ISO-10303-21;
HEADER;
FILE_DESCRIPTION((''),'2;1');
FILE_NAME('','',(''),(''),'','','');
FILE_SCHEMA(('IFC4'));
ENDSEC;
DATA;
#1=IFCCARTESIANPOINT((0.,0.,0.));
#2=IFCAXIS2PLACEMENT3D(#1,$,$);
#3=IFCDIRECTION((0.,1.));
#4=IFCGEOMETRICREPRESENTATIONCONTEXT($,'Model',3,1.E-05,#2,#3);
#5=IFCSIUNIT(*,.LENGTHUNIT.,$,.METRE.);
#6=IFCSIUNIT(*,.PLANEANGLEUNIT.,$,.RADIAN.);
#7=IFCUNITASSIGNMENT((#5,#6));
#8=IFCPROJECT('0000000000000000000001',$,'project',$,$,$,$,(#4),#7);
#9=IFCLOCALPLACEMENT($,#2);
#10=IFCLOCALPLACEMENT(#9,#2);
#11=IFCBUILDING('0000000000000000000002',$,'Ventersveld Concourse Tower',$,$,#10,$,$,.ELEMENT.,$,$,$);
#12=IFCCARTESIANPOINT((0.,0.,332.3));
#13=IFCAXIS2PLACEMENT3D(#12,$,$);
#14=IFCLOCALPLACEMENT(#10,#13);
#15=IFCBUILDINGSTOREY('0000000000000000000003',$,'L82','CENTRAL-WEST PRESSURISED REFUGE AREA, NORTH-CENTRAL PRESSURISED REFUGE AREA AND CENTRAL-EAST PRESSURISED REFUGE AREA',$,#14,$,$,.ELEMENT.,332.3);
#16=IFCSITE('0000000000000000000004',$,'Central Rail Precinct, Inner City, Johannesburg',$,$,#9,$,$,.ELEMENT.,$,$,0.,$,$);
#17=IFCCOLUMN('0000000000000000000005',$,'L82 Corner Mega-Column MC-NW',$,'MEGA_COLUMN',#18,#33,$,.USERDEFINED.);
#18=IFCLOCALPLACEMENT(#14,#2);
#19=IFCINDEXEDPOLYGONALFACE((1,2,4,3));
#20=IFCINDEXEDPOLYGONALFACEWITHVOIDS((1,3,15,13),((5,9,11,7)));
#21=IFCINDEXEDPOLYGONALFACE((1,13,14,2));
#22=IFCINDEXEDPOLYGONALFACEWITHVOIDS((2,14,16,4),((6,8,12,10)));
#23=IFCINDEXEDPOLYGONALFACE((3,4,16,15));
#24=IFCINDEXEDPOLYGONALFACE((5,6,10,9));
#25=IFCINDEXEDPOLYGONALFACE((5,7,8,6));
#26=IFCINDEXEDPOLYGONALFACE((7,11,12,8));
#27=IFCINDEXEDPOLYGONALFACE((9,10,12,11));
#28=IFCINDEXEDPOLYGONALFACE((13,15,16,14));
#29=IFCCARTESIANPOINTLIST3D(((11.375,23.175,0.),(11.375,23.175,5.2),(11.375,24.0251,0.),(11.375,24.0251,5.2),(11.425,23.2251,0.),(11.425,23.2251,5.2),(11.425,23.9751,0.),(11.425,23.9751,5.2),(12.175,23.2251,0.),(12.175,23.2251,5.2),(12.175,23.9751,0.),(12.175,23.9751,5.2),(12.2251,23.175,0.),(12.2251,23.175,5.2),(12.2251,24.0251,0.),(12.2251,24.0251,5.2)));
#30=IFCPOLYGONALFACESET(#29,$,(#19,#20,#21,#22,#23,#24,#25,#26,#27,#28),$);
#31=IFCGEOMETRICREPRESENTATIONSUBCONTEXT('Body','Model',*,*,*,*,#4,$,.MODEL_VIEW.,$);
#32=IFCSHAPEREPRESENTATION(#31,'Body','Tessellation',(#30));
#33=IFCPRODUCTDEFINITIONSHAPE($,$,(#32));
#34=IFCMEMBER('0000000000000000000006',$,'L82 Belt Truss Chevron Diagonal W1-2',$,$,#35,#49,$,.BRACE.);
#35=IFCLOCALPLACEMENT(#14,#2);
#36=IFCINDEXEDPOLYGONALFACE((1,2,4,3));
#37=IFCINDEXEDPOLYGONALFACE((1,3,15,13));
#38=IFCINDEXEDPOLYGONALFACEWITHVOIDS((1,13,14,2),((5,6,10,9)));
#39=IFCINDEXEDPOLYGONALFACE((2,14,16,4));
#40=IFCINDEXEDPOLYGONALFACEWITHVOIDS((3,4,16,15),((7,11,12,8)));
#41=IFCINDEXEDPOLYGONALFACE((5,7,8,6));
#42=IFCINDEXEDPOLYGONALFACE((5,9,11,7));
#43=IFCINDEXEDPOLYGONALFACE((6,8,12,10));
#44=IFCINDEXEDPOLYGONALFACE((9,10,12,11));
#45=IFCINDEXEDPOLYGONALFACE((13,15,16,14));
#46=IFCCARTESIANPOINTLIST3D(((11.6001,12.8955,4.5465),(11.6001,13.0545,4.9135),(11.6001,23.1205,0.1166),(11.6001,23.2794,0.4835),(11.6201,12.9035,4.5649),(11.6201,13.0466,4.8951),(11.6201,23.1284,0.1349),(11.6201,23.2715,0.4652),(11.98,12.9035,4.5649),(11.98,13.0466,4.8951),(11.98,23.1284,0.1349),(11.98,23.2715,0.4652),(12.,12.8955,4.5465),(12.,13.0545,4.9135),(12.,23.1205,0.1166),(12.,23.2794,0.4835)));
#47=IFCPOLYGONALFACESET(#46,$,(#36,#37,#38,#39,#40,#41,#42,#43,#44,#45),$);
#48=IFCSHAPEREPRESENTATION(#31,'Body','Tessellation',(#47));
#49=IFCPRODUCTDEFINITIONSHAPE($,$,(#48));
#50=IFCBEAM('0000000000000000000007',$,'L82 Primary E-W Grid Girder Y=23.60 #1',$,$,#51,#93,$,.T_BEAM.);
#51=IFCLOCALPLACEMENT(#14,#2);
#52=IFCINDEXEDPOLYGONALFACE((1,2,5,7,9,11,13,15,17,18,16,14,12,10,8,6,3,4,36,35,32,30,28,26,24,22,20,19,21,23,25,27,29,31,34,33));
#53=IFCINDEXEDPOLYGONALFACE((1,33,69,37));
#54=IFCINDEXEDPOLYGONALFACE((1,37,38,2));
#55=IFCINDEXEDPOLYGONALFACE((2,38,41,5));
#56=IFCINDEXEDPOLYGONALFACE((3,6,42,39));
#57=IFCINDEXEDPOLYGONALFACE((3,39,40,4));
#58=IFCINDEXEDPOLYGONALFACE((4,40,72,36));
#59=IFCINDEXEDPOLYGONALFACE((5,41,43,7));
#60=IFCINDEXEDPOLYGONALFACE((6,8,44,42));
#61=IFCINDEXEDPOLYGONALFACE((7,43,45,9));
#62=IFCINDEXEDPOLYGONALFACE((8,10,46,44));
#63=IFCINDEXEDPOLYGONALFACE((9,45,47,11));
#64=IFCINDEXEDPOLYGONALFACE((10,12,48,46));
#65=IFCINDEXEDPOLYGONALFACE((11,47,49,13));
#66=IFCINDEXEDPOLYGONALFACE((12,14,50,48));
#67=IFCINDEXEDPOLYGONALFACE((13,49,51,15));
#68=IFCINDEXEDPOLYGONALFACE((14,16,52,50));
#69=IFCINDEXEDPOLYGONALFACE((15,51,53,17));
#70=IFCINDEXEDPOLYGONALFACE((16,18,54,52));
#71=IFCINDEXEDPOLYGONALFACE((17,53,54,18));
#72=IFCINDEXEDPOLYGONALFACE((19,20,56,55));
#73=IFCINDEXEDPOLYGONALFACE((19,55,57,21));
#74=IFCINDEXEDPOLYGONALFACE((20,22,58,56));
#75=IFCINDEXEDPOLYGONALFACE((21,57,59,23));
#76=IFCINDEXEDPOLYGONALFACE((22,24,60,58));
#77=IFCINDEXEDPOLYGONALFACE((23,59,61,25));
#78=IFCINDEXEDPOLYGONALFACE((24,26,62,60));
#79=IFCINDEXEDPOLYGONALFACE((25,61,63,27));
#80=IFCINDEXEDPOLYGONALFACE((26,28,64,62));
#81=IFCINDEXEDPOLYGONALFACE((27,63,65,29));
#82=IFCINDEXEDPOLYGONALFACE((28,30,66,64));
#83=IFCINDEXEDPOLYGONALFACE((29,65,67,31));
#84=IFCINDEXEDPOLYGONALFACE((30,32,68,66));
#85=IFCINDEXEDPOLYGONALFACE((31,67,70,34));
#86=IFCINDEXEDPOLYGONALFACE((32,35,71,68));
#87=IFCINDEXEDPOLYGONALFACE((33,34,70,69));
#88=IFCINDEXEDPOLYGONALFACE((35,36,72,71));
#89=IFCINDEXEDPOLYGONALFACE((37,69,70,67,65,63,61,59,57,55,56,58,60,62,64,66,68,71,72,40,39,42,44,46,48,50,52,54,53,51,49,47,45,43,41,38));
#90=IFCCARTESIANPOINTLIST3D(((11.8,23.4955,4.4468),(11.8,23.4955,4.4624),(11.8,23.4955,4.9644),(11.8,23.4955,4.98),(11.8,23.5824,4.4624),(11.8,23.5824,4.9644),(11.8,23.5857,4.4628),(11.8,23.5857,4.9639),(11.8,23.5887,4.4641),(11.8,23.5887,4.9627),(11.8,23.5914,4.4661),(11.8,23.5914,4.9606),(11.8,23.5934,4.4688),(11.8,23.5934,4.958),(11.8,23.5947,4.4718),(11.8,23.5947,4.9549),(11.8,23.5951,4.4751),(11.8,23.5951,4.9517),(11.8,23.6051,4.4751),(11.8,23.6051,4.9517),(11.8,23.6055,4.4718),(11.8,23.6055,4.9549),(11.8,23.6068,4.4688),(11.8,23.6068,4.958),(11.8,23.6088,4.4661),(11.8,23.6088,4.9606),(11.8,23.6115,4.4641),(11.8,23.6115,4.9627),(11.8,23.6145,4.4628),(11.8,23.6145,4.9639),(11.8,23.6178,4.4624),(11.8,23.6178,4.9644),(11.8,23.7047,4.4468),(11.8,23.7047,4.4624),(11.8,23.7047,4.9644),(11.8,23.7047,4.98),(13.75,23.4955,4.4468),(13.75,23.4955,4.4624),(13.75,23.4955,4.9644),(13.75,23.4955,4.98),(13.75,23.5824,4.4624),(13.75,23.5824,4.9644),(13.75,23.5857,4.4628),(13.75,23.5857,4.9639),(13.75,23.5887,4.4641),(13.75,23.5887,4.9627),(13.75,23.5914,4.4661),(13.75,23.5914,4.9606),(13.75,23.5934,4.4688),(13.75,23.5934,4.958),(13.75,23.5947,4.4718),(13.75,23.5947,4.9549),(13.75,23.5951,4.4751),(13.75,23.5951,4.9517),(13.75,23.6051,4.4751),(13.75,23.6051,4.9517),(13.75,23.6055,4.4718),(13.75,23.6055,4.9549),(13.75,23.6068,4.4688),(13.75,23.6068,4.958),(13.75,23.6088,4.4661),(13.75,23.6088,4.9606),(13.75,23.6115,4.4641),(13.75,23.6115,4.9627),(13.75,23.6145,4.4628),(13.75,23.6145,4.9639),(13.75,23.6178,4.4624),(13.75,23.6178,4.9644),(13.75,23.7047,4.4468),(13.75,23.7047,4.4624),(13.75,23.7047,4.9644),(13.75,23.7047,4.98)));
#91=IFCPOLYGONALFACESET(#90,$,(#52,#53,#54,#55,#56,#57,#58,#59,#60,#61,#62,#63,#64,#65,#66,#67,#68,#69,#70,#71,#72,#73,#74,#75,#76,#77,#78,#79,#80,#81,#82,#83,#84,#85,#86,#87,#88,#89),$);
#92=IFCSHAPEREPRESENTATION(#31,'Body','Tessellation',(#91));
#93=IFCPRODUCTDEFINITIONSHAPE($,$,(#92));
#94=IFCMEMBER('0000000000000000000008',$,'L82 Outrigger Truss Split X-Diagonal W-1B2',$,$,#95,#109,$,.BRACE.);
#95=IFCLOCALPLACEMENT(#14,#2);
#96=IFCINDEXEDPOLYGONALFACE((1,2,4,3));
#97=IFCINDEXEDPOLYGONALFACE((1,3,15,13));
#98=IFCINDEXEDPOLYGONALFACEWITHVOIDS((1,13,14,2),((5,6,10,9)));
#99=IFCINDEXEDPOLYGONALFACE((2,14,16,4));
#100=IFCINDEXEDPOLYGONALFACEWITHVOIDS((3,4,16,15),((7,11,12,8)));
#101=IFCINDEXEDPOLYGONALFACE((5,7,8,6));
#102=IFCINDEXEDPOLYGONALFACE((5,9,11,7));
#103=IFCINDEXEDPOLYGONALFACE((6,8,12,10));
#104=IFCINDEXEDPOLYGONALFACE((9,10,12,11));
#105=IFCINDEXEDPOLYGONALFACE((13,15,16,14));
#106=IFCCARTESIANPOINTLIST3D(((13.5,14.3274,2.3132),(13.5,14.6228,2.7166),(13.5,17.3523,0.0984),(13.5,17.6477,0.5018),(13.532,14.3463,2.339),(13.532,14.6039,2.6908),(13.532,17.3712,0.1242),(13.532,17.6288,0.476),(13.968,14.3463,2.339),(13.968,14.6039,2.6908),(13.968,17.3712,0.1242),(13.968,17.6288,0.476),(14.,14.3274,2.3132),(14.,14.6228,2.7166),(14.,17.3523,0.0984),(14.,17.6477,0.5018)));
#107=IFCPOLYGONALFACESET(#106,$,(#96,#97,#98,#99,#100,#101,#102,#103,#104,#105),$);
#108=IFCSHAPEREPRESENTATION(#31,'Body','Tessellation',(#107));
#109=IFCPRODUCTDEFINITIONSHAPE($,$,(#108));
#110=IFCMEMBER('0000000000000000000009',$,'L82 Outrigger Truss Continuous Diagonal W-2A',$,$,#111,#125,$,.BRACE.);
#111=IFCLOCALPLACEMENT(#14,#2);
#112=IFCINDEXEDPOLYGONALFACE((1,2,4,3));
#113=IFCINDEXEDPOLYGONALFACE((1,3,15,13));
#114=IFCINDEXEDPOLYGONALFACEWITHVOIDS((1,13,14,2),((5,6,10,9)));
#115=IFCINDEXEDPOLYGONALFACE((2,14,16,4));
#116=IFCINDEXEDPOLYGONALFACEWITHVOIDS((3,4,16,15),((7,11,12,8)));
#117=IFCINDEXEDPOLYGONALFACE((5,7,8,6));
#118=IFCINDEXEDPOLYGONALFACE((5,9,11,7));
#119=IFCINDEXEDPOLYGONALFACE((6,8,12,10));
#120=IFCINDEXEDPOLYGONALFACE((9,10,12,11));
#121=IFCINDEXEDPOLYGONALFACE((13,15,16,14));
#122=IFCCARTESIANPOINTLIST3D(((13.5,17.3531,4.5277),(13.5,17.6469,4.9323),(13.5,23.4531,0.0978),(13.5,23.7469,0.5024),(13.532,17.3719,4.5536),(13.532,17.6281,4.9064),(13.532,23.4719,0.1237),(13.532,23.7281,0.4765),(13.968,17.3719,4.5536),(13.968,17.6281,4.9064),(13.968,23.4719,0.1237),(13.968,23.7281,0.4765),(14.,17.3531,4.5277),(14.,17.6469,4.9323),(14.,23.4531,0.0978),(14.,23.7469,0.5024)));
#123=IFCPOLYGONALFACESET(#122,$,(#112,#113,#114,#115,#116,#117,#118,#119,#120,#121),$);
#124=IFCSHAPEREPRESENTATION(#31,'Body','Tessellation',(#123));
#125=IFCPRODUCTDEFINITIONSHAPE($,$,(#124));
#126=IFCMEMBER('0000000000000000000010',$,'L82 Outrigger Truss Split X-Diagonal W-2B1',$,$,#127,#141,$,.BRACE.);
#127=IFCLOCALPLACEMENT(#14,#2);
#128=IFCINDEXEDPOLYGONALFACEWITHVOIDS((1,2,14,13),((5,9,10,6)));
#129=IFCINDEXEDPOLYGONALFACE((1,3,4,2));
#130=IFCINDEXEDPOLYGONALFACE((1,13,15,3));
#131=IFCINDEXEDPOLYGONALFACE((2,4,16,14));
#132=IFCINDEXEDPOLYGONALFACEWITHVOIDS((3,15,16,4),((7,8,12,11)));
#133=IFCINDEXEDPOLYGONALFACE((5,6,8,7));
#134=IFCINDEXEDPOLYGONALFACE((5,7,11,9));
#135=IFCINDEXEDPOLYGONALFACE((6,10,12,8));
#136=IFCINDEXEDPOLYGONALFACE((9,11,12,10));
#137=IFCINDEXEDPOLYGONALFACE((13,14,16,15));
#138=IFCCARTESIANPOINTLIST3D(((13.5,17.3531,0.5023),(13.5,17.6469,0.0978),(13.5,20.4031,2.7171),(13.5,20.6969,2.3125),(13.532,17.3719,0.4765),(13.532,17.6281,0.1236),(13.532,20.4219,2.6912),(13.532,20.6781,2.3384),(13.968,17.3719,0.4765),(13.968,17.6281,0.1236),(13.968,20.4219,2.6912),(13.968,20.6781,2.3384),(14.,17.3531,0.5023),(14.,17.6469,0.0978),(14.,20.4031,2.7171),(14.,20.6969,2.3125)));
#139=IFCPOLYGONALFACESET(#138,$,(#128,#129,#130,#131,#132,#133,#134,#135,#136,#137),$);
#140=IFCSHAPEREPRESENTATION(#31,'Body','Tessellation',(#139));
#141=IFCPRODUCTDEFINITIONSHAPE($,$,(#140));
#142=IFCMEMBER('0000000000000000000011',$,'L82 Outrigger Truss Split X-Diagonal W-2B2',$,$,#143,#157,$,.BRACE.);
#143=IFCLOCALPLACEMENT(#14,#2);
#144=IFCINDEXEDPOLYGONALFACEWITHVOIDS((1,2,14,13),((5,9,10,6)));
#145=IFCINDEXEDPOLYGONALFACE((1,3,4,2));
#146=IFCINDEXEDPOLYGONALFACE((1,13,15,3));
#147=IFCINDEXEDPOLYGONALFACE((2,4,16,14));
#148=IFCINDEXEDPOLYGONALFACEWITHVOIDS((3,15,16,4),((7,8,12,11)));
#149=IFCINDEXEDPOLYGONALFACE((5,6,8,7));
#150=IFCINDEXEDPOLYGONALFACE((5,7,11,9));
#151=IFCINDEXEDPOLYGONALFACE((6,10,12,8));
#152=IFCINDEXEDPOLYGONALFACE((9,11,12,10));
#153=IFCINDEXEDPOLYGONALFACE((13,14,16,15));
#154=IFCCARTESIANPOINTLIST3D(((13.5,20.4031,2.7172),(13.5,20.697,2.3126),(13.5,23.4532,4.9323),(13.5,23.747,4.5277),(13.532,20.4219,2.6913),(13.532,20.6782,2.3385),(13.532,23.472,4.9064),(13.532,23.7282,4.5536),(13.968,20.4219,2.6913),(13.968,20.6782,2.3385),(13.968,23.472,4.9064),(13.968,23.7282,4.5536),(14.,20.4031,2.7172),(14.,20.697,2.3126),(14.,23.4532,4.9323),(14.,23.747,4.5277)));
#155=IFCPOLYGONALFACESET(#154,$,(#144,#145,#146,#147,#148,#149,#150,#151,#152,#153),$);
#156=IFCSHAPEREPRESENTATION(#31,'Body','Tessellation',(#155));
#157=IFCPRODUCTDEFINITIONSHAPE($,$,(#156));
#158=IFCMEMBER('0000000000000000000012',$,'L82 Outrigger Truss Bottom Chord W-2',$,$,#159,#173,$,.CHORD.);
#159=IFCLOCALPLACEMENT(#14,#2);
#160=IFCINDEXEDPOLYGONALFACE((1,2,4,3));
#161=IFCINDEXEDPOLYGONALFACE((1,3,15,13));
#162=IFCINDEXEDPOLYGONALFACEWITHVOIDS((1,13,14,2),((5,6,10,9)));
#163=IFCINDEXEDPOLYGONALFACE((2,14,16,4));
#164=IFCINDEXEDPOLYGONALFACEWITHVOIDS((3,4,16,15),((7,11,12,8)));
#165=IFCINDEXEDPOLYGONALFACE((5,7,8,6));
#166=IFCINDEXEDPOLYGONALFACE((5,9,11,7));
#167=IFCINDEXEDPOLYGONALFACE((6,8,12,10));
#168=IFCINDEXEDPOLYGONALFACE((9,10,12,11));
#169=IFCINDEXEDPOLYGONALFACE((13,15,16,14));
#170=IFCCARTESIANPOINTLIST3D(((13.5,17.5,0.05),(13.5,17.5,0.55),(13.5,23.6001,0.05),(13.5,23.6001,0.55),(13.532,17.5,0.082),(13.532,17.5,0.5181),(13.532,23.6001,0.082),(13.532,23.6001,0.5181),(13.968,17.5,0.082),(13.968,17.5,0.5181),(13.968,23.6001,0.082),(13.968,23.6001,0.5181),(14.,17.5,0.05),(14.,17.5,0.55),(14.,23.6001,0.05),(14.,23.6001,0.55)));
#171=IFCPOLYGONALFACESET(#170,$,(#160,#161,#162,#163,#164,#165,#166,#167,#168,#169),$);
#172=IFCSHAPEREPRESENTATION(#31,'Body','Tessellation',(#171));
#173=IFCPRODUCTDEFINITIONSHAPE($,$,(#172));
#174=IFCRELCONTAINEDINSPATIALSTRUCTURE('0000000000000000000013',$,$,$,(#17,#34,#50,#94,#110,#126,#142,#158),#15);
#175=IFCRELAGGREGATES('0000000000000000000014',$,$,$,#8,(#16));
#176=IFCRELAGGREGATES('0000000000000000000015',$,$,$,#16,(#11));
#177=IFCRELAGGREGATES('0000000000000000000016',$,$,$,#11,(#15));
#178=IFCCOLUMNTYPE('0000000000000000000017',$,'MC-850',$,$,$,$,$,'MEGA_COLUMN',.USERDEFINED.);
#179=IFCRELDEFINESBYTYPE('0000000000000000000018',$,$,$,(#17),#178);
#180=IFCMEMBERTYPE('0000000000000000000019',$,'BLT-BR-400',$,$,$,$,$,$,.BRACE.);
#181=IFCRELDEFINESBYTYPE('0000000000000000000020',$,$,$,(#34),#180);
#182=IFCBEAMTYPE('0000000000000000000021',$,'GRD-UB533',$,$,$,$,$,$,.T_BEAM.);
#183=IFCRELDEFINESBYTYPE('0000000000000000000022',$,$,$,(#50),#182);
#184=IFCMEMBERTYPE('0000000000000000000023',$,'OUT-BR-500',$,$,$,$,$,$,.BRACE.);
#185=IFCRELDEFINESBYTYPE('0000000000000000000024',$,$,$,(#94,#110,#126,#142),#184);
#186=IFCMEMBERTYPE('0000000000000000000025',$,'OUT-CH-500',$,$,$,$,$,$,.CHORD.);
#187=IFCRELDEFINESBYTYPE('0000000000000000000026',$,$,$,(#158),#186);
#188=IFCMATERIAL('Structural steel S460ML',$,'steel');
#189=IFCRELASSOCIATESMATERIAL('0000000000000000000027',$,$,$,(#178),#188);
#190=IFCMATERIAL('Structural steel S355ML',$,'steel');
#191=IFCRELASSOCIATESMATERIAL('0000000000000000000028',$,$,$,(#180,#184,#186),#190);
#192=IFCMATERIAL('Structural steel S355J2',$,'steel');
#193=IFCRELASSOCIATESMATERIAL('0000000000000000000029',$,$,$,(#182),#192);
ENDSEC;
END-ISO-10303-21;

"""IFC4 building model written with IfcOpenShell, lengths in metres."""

from ifc_helpers import new_model, si_unit, direction, frame, origin, origin_2d, place, context, subcontext, project, spatial, hollow_rectangle, i_section, extrude, material, material_profile, profile_set, type_object, element, save


model = new_model("IFC4")

# Units and contexts
model_context = context("Model", 3, precision=1e-05, world=origin(), true_north=direction((0.0, 1.0)))
body_context = subcontext(model_context, "Body", "Model", "MODEL_VIEW")
ifc_project = project(units=[si_unit("LENGTHUNIT", "METRE"), si_unit("PLANEANGLEUNIT", "RADIAN")], contexts=[model_context])

# Site, building, storey
site_placement = place(None, origin())
site = spatial("IfcSite", under=ifc_project, at=site_placement, Name="Central Rail Precinct, Inner City, Johannesburg", CompositionType="ELEMENT", RefElevation=0.0)
building_placement = place(site_placement, origin())
building = spatial("IfcBuilding", under=site, at=building_placement, Name="Ventersveld Concourse Tower", CompositionType="ELEMENT")
storey_placement = place(building_placement, frame((0.0, 0.0, 332.3)))
storey = spatial("IfcBuildingStorey", under=building, at=storey_placement, Name="L82", Description="CENTRAL-WEST PRESSURISED REFUGE AREA, NORTH-CENTRAL PRESSURISED REFUGE AREA AND CENTRAL-EAST PRESSURISED REFUGE AREA", CompositionType="ELEMENT", Elevation=332.3)

# Column
ifc_material_1 = material(Name="Structural steel S460ML", Category="steel")
ifc_material_profile_1 = material_profile(ifc_material_1, hollow_rectangle(XDim=0.8501, YDim=0.8501, WallThickness=0.05, at=origin_2d()), Name="BOX 850x850x50")
ifc_profile_set_1 = profile_set([ifc_material_profile_1], Name="Structural steel S460ML")
column_type = type_object("IfcColumnType", Name="MC-850", ElementType="MEGA_COLUMN", PredefinedType="USERDEFINED", material=ifc_profile_set_1)
column_placement = place(storey_placement, frame((11.8, 23.6001, 0.0), z_axis=(0.0, 0.0, 1.0), x_axis=(1.0, 0.0, 0.0)))
element("IfcColumn", 1, at=column_placement, inside=storey, type_object=column_type, Name="L82 Corner Mega-Column MC-NW", ObjectType="MEGA_COLUMN", PredefinedType="USERDEFINED", context=body_context, shape_type="SweptSolid", body=[
    extrude(hollow_rectangle(XDim=0.8501, YDim=0.8501, WallThickness=0.05, at=origin_2d()), origin(), (0.0, 0.0, 1.0), 5.2),
])

# Member
ifc_material_2 = material(Name="Structural steel S355ML", Category="steel")
ifc_material_profile_2 = material_profile(ifc_material_2, hollow_rectangle(XDim=0.3999, YDim=0.3999, WallThickness=0.02, at=origin_2d()), Name="SHS 400x400x20")
ifc_profile_set_2 = profile_set([ifc_material_profile_2], Name="Structural steel S355ML")
member_type_1 = type_object("IfcMemberType", Name="BLT-BR-400", PredefinedType="BRACE", material=ifc_profile_set_2)
member_1_placement = place(storey_placement, frame((11.8, 23.2, 0.3), z_axis=(0.0, -0.917583, 0.397544), x_axis=(1.0, 0.0, 0.0)))
element("IfcMember", 2, at=member_1_placement, inside=storey, type_object=member_type_1, Name="L82 Belt Truss Chevron Diagonal W1-2", PredefinedType="BRACE", context=body_context, shape_type="SweptSolid", body=[
    extrude(hollow_rectangle(XDim=0.3999, YDim=0.3999, WallThickness=0.02, at=origin_2d()), origin(), (0.0, 0.0, 1.0), 11.1433),
])

# Beam
ifc_material_3 = material(Name="Structural steel S355J2", Category="steel")
ifc_material_profile_3 = material_profile(ifc_material_3, i_section(OverallWidth=0.2092, OverallDepth=0.5332, WebThickness=0.01, FlangeThickness=0.0156, FilletRadius=0.0127, at=origin_2d()), Name="UB 533x210x92")
ifc_profile_set_3 = profile_set([ifc_material_profile_3], Name="Structural steel S355J2")
beam_type = type_object("IfcBeamType", Name="GRD-UB533", PredefinedType="T_BEAM", material=ifc_profile_set_3)
beam_placement = place(storey_placement, frame((11.8, 23.6001, 4.7134), z_axis=(1.0, 0.0, 0.0), x_axis=(0.0, 1.0, 0.0)))
element("IfcBeam", 3, at=beam_placement, inside=storey, type_object=beam_type, Name="L82 Primary E-W Grid Girder Y=23.60 #1", PredefinedType="T_BEAM", context=body_context, shape_type="SweptSolid", body=[
    extrude(i_section(OverallWidth=0.2092, OverallDepth=0.5332, WebThickness=0.01, FlangeThickness=0.0156, FilletRadius=0.0127, at=origin_2d()), origin(), (0.0, 0.0, 1.0), 1.95),
])

# Members
ifc_material_profile_4 = material_profile(ifc_material_2, hollow_rectangle(XDim=0.5, YDim=0.5, WallThickness=0.032, at=origin_2d()), Name="BOX 500x500x32")
ifc_profile_set_4 = profile_set([ifc_material_profile_4], Name="Structural steel S355ML")
member_type_2 = type_object("IfcMemberType", Name="OUT-BR-500", PredefinedType="BRACE", material=ifc_profile_set_4)
member_2_placement = place(storey_placement, frame((13.75, 14.4751, 2.5149), z_axis=(0.0, 0.80684, -0.590771), x_axis=(-1.0, 0.0, 0.0)))
element("IfcMember", 4, at=member_2_placement, inside=storey, type_object=member_type_2, Name="L82 Outrigger Truss Split X-Diagonal W-1B2", PredefinedType="BRACE", context=body_context, shape_type="SweptSolid", body=[
    extrude(hollow_rectangle(XDim=0.5, YDim=0.5, WallThickness=0.032, at=origin_2d()), origin(), (0.0, 0.0, 1.0), 3.749),
])
member_3_placement = place(storey_placement, frame((13.75, 17.5, 4.73), z_axis=(0.0, 0.809146, -0.587607), x_axis=(-1.0, 0.0, 0.0)))
element("IfcMember", 5, at=member_3_placement, inside=storey, type_object=member_type_2, Name="L82 Outrigger Truss Continuous Diagonal W-2A", PredefinedType="BRACE", context=body_context, shape_type="SweptSolid", body=[
    extrude(hollow_rectangle(XDim=0.5, YDim=0.5, WallThickness=0.032, at=origin_2d()), origin(), (0.0, 0.0, 1.0), 7.5388),
])
member_4_placement = place(storey_placement, frame((13.75, 17.5, 0.3), z_axis=(0.0, 0.809162, 0.587586), x_axis=(-1.0, 0.0, 0.0)))
element("IfcMember", 6, at=member_4_placement, inside=storey, type_object=member_type_2, Name="L82 Outrigger Truss Split X-Diagonal W-2B1", PredefinedType="BRACE", context=body_context, shape_type="SweptSolid", body=[
    extrude(hollow_rectangle(XDim=0.5, YDim=0.5, WallThickness=0.032, at=origin_2d()), origin(), (0.0, 0.0, 1.0), 3.7693),
])
member_5_placement = place(storey_placement, frame((13.75, 20.55, 2.5149), z_axis=(0.0, 0.809131, 0.587629), x_axis=(-1.0, 0.0, 0.0)))
element("IfcMember", 7, at=member_5_placement, inside=storey, type_object=member_type_2, Name="L82 Outrigger Truss Split X-Diagonal W-2B2", PredefinedType="BRACE", context=body_context, shape_type="SweptSolid", body=[
    extrude(hollow_rectangle(XDim=0.5, YDim=0.5, WallThickness=0.032, at=origin_2d()), origin(), (0.0, 0.0, 1.0), 3.7695),
])
ifc_material_profile_5 = material_profile(ifc_material_2, hollow_rectangle(XDim=0.5, YDim=0.5, WallThickness=0.032, at=origin_2d()), Name="BOX 500x500x32")
ifc_profile_set_5 = profile_set([ifc_material_profile_5], Name="Structural steel S355ML")
member_type_3 = type_object("IfcMemberType", Name="OUT-CH-500", PredefinedType="CHORD", material=ifc_profile_set_5)
member_6_placement = place(storey_placement, frame((13.75, 17.5, 0.3), z_axis=(0.0, 1.0, 0.0), x_axis=(-1.0, 0.0, 0.0)))
element("IfcMember", 8, at=member_6_placement, inside=storey, type_object=member_type_3, Name="L82 Outrigger Truss Bottom Chord W-2", PredefinedType="CHORD", context=body_context, shape_type="SweptSolid", body=[
    extrude(hollow_rectangle(XDim=0.5, YDim=0.5, WallThickness=0.032, at=origin_2d()), origin(), (0.0, 0.0, 1.0), 6.1001),
])

save(model, "model.ifc")
